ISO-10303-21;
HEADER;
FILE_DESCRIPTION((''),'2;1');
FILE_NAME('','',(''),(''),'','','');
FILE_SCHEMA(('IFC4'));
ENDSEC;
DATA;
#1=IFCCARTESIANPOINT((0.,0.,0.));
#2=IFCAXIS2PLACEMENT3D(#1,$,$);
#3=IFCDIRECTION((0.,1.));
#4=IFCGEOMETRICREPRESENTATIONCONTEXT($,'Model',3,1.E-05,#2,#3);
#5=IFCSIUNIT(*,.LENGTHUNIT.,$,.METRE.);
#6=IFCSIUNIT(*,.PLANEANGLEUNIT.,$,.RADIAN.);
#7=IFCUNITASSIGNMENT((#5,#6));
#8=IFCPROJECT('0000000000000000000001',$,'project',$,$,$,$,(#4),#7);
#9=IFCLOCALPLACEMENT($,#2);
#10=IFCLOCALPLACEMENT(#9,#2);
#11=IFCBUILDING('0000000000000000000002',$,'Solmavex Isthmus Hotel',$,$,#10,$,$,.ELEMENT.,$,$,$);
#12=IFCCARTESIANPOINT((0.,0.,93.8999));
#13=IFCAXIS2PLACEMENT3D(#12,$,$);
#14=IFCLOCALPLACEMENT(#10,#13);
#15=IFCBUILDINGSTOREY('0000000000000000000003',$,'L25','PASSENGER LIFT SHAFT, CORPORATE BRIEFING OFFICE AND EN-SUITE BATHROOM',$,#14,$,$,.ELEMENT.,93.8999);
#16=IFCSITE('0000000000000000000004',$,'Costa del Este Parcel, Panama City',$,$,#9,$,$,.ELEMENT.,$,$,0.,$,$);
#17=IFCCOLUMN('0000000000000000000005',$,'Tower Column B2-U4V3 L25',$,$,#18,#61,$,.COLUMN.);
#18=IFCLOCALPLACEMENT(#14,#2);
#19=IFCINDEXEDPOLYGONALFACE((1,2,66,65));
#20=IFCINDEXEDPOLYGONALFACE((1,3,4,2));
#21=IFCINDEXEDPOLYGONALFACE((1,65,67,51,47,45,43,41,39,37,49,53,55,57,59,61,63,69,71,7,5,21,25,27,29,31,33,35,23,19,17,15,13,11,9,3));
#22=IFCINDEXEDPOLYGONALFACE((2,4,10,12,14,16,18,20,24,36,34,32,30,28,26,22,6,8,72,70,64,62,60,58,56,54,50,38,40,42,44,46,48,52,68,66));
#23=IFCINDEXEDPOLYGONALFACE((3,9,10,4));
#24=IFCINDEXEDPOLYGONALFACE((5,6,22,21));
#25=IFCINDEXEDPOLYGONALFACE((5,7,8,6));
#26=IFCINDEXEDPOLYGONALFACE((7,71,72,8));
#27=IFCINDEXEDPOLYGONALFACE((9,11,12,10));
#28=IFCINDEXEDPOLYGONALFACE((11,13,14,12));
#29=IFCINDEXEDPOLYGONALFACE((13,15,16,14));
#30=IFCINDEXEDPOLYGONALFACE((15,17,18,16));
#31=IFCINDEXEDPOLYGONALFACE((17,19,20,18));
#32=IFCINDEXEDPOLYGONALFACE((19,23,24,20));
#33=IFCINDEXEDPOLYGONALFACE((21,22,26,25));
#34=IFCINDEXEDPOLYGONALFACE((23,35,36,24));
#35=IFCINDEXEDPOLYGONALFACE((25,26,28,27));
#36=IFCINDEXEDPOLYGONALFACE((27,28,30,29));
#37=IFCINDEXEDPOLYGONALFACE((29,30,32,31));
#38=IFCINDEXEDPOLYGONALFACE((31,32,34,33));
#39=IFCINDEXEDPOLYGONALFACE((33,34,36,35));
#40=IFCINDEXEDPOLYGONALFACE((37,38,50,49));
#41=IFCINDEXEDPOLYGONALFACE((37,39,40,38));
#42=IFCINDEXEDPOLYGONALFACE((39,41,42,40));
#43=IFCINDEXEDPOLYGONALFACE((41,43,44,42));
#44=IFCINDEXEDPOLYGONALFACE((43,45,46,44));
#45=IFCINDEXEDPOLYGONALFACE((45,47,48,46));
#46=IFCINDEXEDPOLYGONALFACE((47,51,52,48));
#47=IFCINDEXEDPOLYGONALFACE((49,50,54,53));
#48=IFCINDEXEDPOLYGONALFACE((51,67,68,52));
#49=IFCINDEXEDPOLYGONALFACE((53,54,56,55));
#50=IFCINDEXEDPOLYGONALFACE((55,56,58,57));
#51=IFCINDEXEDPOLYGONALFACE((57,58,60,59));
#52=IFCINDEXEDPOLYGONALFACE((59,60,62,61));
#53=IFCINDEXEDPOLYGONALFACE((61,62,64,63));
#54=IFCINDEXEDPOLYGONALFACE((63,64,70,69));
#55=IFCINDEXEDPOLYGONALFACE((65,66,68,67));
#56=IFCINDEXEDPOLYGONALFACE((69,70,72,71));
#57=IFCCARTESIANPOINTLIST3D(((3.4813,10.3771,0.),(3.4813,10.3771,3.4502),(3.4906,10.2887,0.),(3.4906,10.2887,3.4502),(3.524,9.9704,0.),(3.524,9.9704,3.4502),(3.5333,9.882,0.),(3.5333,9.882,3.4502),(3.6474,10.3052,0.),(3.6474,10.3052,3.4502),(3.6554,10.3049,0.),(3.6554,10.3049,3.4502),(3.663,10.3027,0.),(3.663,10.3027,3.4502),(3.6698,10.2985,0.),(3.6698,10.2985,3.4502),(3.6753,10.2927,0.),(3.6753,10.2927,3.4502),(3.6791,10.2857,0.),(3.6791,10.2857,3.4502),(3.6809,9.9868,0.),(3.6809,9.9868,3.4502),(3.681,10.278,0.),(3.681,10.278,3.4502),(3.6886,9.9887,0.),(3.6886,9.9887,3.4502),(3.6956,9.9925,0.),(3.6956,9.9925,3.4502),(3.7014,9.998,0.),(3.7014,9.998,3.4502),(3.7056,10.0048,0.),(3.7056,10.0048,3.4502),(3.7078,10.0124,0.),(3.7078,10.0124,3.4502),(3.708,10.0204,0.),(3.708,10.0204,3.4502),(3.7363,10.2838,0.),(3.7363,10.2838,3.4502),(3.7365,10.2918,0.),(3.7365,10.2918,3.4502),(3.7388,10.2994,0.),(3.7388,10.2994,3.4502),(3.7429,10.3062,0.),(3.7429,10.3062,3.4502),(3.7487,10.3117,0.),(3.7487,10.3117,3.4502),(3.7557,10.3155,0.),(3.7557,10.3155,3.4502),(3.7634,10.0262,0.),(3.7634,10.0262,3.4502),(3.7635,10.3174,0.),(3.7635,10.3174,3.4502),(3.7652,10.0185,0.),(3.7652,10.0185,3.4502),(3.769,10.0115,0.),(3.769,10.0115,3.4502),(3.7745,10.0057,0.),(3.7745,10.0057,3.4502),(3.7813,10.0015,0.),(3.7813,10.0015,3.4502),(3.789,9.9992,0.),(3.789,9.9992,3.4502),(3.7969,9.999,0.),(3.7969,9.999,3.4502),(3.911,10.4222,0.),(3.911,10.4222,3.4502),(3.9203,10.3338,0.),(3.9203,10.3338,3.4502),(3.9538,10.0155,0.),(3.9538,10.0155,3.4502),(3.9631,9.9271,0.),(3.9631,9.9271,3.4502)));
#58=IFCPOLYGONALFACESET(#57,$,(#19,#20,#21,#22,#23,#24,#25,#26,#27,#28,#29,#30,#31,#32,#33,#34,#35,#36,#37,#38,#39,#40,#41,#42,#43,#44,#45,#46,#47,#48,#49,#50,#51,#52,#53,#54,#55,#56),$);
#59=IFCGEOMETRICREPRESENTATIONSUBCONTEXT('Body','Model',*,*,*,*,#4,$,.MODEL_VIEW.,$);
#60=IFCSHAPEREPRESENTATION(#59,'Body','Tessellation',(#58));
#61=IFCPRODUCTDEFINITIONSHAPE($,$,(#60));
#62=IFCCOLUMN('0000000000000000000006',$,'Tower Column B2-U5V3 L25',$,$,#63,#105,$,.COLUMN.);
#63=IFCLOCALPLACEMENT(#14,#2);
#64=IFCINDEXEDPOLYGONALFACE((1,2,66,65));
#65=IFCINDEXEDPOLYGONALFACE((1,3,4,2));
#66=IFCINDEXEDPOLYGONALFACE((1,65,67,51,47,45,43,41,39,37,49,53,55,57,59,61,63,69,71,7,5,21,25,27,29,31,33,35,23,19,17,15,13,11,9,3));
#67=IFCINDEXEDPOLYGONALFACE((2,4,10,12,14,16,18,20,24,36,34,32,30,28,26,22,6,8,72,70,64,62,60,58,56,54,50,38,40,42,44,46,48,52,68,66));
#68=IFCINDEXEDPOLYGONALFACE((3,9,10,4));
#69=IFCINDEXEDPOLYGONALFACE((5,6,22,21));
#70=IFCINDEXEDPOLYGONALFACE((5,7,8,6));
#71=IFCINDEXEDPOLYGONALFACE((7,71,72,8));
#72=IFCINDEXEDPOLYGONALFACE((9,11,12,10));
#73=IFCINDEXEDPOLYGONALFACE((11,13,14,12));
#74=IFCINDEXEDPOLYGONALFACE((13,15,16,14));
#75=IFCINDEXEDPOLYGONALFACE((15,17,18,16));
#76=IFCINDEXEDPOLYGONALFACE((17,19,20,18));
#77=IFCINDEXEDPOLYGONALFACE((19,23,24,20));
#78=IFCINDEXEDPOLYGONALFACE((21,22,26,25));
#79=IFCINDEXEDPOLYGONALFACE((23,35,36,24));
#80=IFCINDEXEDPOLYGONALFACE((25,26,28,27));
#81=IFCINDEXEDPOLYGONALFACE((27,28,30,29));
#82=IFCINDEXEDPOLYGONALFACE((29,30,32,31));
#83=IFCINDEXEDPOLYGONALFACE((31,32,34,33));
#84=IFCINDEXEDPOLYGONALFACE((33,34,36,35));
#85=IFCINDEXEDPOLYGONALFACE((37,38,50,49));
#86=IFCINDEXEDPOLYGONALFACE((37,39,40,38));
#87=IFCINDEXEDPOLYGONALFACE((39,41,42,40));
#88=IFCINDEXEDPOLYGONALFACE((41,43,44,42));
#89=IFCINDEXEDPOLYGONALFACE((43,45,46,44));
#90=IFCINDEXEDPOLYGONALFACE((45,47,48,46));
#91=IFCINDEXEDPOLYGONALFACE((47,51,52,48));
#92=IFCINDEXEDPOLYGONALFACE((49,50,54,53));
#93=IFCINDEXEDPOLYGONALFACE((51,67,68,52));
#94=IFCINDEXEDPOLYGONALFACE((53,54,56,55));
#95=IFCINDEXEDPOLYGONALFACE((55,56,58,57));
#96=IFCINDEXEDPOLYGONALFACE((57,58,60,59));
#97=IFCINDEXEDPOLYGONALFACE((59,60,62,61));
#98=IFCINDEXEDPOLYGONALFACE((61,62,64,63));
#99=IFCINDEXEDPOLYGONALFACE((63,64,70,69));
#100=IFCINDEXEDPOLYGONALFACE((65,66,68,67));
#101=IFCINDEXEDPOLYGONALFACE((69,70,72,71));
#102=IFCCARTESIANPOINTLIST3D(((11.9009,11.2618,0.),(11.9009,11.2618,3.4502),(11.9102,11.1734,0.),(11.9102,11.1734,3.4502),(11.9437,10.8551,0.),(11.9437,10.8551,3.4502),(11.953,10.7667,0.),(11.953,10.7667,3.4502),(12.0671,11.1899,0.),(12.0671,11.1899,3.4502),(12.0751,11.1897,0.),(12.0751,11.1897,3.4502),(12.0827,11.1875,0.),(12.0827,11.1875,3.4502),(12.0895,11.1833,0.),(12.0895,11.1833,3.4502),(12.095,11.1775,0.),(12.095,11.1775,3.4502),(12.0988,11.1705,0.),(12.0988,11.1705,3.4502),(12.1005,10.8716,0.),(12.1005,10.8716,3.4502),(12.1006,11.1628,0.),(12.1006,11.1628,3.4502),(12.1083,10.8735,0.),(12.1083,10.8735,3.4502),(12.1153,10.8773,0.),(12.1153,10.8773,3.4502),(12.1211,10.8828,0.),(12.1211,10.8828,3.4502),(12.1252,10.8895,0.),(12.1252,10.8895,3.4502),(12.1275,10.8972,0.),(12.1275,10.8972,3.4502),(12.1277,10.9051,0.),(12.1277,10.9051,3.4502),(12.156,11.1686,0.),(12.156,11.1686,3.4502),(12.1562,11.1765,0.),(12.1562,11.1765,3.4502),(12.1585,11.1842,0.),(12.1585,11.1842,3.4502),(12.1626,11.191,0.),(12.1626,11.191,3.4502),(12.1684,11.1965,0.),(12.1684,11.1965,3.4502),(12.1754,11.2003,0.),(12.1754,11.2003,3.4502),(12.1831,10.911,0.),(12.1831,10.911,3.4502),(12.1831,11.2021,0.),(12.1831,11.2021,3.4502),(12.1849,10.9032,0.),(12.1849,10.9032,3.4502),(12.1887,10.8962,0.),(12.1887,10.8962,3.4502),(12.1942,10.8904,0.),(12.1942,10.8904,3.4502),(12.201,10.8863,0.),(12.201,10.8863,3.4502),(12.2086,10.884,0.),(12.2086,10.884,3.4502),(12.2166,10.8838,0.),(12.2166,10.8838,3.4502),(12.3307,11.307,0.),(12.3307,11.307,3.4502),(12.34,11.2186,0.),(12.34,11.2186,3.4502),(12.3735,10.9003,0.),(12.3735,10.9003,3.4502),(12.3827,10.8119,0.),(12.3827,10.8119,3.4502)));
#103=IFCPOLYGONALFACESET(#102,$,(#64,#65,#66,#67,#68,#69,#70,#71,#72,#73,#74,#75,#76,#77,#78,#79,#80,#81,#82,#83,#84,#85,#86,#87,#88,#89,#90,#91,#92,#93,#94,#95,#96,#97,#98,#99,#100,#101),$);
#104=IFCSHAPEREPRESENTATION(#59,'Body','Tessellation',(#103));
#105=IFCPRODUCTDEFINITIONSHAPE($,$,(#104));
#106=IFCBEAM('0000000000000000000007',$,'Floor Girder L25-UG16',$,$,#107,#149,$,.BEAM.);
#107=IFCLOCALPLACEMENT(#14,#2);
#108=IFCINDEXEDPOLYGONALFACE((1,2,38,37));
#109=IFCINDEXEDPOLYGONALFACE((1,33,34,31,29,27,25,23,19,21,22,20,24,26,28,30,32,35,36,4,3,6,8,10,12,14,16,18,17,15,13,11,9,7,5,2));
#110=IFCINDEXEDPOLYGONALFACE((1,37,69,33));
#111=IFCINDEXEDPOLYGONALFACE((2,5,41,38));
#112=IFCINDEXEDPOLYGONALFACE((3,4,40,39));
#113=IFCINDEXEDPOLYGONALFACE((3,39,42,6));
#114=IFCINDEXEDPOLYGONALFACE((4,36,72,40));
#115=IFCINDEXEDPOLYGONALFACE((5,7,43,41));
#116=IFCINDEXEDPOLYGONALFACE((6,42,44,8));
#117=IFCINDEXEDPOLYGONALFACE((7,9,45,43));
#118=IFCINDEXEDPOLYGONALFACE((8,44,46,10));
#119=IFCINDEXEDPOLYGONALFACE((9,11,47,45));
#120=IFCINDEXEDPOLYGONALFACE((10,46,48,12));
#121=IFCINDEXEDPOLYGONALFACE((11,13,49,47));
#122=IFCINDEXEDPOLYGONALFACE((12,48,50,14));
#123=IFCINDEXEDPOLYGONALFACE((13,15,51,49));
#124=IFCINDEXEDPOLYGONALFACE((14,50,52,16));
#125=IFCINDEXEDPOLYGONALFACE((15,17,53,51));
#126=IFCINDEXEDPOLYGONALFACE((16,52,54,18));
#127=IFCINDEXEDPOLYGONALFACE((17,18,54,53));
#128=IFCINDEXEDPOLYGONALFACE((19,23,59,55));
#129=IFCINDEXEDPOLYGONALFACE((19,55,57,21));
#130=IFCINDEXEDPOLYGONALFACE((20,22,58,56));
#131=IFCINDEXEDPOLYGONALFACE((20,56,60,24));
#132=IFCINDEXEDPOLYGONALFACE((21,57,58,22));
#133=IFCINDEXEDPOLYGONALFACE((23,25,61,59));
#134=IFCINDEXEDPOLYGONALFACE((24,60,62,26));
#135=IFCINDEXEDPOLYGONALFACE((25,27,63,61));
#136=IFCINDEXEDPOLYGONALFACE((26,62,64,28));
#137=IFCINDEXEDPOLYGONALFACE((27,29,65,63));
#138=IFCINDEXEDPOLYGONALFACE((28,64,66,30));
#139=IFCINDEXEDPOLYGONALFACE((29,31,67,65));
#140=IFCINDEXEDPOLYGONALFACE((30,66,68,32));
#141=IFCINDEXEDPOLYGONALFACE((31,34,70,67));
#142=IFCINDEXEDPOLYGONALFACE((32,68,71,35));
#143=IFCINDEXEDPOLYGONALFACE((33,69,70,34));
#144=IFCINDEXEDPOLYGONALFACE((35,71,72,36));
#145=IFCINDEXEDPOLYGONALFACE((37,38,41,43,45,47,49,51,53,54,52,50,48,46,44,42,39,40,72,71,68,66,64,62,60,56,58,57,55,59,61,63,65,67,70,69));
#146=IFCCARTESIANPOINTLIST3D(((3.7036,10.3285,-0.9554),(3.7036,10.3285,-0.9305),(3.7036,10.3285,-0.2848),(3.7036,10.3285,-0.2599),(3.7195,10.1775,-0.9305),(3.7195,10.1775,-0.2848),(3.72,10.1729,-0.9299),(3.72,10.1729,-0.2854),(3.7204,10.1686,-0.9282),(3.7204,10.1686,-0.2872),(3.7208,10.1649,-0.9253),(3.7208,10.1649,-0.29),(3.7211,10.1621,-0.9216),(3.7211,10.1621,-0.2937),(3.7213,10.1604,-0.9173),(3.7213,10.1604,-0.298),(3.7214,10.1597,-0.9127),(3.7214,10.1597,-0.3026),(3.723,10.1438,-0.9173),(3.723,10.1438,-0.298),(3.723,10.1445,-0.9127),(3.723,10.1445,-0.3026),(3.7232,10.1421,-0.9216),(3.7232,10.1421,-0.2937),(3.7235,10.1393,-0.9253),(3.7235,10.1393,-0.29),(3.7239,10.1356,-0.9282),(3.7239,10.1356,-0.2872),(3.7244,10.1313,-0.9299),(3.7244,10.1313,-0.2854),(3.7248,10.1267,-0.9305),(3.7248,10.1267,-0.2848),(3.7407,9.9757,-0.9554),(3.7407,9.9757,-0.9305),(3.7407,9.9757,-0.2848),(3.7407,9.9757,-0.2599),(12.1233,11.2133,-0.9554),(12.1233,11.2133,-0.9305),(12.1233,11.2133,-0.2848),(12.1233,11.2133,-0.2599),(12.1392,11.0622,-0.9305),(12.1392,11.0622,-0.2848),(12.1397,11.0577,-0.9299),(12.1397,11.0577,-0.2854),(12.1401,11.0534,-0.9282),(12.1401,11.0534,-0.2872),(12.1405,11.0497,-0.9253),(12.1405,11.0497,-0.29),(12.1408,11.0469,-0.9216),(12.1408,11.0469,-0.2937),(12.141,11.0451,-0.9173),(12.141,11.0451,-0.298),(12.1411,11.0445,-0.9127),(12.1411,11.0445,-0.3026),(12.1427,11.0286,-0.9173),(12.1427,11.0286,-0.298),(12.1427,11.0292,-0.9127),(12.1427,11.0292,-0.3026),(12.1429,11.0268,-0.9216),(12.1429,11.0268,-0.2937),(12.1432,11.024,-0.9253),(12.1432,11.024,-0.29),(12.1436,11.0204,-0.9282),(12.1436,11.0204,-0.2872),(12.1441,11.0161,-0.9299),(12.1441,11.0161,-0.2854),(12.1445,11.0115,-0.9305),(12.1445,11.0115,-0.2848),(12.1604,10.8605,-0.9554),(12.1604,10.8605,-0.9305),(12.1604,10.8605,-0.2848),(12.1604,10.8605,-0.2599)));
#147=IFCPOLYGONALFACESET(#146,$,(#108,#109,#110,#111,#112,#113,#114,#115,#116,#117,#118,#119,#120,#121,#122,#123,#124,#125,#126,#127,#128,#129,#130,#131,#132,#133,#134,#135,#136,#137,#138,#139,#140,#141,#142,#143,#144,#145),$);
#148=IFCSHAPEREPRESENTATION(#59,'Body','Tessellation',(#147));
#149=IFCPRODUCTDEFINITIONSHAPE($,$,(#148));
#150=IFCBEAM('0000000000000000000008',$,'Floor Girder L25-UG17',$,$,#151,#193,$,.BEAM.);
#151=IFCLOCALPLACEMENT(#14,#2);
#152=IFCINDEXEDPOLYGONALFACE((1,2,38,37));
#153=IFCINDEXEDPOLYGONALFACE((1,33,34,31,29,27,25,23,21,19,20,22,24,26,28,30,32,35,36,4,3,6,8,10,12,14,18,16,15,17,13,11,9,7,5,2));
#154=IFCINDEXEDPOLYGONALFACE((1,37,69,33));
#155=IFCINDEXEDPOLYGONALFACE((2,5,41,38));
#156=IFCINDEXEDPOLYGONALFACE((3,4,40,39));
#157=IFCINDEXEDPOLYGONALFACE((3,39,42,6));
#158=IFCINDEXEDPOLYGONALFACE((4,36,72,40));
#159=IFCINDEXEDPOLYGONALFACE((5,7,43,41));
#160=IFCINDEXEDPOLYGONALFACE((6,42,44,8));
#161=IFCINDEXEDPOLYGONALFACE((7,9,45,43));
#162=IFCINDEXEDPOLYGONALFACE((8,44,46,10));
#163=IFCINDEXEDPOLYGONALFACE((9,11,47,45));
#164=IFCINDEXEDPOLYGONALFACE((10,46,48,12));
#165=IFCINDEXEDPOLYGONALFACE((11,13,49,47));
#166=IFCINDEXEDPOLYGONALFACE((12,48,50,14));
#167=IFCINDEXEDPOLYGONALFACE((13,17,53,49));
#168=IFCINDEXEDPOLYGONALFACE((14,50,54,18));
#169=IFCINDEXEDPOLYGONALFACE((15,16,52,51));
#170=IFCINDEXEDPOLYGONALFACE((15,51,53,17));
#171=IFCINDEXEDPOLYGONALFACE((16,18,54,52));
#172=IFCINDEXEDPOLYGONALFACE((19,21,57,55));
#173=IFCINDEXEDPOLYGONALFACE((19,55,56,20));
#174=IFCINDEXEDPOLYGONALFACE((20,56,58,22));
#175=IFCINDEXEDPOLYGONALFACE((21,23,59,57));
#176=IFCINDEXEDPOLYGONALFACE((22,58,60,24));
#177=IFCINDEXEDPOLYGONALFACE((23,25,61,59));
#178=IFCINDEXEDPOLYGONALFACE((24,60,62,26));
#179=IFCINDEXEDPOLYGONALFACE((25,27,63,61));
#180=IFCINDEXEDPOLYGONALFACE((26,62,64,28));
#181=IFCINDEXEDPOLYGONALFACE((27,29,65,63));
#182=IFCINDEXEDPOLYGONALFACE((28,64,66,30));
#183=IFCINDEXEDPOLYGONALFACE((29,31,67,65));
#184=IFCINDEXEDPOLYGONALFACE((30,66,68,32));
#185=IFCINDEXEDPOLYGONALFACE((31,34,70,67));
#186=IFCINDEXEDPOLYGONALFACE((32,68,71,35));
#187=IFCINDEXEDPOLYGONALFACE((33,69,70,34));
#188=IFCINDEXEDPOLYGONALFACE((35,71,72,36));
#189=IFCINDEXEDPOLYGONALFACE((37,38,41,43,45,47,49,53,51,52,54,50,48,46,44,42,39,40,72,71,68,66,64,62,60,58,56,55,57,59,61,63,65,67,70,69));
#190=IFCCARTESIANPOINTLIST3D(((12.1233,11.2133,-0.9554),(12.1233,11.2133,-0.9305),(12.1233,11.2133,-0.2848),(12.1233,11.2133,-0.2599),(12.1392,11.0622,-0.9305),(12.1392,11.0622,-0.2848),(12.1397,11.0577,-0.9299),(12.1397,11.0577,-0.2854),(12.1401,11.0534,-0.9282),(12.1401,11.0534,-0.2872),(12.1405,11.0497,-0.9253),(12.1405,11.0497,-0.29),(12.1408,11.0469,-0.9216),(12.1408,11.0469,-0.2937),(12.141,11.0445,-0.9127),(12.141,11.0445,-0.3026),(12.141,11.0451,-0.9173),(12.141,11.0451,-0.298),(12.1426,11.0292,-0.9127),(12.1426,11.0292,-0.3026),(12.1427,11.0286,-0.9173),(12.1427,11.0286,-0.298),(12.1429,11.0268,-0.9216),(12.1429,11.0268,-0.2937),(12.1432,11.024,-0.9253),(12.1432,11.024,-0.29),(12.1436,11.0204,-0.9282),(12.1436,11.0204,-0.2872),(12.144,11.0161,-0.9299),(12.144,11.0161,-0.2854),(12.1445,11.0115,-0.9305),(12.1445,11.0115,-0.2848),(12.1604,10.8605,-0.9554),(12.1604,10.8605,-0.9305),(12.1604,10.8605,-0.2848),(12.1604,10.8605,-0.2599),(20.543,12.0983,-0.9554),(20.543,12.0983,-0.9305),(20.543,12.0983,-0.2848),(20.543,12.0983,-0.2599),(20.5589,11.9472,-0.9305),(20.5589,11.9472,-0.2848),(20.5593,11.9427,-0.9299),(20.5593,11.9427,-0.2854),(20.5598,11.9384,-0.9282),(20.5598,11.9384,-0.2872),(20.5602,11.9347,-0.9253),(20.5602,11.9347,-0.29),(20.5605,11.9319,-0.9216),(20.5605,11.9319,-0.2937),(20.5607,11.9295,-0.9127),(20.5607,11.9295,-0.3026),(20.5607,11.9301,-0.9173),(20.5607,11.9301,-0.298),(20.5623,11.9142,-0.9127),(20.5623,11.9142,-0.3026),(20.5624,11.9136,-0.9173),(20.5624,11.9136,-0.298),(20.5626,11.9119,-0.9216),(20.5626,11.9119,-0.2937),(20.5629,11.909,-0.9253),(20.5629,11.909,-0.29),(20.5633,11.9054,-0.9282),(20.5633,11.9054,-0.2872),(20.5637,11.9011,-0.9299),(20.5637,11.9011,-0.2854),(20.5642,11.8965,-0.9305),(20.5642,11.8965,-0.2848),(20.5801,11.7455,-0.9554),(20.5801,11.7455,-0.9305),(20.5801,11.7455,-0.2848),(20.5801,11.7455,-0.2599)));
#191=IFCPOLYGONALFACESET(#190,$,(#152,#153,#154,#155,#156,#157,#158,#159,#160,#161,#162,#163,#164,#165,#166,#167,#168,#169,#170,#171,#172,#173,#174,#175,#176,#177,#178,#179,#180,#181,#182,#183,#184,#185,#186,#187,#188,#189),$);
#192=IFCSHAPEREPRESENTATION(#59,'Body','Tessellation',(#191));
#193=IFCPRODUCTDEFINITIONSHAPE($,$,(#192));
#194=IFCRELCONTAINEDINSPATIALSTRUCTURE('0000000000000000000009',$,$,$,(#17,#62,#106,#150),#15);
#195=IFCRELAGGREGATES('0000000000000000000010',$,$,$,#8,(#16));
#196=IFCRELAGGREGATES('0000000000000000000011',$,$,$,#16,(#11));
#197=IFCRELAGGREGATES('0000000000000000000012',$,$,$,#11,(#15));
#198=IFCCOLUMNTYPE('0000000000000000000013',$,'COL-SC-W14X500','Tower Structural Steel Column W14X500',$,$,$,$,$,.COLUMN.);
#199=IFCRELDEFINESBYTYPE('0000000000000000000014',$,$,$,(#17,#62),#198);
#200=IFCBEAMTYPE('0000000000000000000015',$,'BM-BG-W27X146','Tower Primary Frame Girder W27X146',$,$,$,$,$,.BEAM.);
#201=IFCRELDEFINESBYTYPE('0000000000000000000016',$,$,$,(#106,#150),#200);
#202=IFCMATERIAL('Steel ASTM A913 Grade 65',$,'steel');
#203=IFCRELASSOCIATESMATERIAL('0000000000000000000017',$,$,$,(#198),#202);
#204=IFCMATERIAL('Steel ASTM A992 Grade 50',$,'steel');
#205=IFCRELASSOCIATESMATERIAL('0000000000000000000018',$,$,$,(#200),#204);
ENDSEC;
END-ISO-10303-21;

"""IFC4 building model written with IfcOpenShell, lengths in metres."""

from ifc_helpers import new_model, si_unit, direction, frame, origin, origin_2d, place, context, subcontext, project, spatial, i_section, extrude, material, material_profile, profile_set, type_object, element, save


model = new_model("IFC4")

# Units and contexts
model_context = context("Model", 3, precision=1e-05, world=origin(), true_north=direction((0.0, 1.0)))
body_context = subcontext(model_context, "Body", "Model", "MODEL_VIEW")
ifc_project = project(units=[si_unit("LENGTHUNIT", "METRE"), si_unit("PLANEANGLEUNIT", "RADIAN")], contexts=[model_context])

# Site, building, storey
site_placement = place(None, origin())
site = spatial("IfcSite", under=ifc_project, at=site_placement, Name="Costa del Este Parcel, Panama City", CompositionType="ELEMENT", RefElevation=0.0)
building_placement = place(site_placement, origin())
building = spatial("IfcBuilding", under=site, at=building_placement, Name="Solmavex Isthmus Hotel", CompositionType="ELEMENT")
storey_placement = place(building_placement, frame((0.0, 0.0, 93.8999)))
storey = spatial("IfcBuildingStorey", under=building, at=storey_placement, Name="L25", Description="PASSENGER LIFT SHAFT, CORPORATE BRIEFING OFFICE AND EN-SUITE BATHROOM", CompositionType="ELEMENT", Elevation=93.8999)

# Columns
ifc_material_1 = material(Name="Steel ASTM A913 Grade 65", Category="steel")
ifc_material_profile_1 = material_profile(ifc_material_1, i_section(OverallWidth=0.4321, OverallDepth=0.4978, WebThickness=0.0557, FlangeThickness=0.0889, FilletRadius=0.0305, at=origin_2d()), Name="W14X500")
ifc_profile_set_1 = profile_set([ifc_material_profile_1], Name="Steel ASTM A913 Grade 65")
column_type = type_object("IfcColumnType", Name="COL-SC-W14X500", Description="Tower Structural Steel Column W14X500", PredefinedType="COLUMN", material=ifc_profile_set_1)
for number, where, z_axis, x_axis, name in (
    (1, (3.7222, 10.1521, 0.0), (0.0, 0.0, 1.0), (0.994522, 0.104528, 0.0), "Tower Column B2-U4V3 L25"),
    (2, (12.1418, 11.0369, 0.0), (0.0, 0.0, 1.0), (0.994522, 0.104528, 0.0), "Tower Column B2-U5V3 L25"),
):
    element("IfcColumn", number, at=place(storey_placement, frame(where, z_axis=z_axis, x_axis=x_axis)), inside=storey, type_object=column_type, Name=name, PredefinedType="COLUMN", context=body_context, shape_type="SweptSolid", body=[
        extrude(i_section(OverallWidth=0.4321, OverallDepth=0.4978, WebThickness=0.0557, FlangeThickness=0.0889, FilletRadius=0.0305, at=origin_2d()), origin(), (0.0, 0.0, 1.0), 3.4502),
    ])

# Beams
ifc_material_2 = material(Name="Steel ASTM A992 Grade 50", Category="steel")
ifc_material_profile_2 = material_profile(ifc_material_2, i_section(OverallWidth=0.3547, OverallDepth=0.6956, WebThickness=0.0154, FlangeThickness=0.0249, FilletRadius=0.0178, at=origin_2d()), Name="W27X146")
ifc_profile_set_2 = profile_set([ifc_material_profile_2], Name="Steel ASTM A992 Grade 50")
beam_type_1 = type_object("IfcBeamType", Name="BM-BG-W27X146", Description="Tower Primary Frame Girder W27X146", PredefinedType="BEAM", material=ifc_profile_set_2)
for number, where, z_axis, x_axis, name in (
    (3, (3.7222, 10.1521, -0.6077), (0.994524, 0.104508, 0.0), (-0.104508, 0.994524, 0.0), "Floor Girder L25-UG16"),
    (4, (12.1418, 11.0369, -0.6077), (0.994521, 0.104536, 0.0), (-0.104536, 0.994521, 0.0), "Floor Girder L25-UG17"),
):
    element("IfcBeam", number, at=place(storey_placement, frame(where, z_axis=z_axis, x_axis=x_axis)), inside=storey, type_object=beam_type_1, Name=name, PredefinedType="BEAM", context=body_context, shape_type="SweptSolid", body=[
        extrude(i_section(OverallWidth=0.3547, OverallDepth=0.6956, WebThickness=0.0154, FlangeThickness=0.0249, FilletRadius=0.0178, at=origin_2d()), origin(), (0.0, 0.0, 1.0), 8.4661),
    ])

save(model, "model.ifc")
